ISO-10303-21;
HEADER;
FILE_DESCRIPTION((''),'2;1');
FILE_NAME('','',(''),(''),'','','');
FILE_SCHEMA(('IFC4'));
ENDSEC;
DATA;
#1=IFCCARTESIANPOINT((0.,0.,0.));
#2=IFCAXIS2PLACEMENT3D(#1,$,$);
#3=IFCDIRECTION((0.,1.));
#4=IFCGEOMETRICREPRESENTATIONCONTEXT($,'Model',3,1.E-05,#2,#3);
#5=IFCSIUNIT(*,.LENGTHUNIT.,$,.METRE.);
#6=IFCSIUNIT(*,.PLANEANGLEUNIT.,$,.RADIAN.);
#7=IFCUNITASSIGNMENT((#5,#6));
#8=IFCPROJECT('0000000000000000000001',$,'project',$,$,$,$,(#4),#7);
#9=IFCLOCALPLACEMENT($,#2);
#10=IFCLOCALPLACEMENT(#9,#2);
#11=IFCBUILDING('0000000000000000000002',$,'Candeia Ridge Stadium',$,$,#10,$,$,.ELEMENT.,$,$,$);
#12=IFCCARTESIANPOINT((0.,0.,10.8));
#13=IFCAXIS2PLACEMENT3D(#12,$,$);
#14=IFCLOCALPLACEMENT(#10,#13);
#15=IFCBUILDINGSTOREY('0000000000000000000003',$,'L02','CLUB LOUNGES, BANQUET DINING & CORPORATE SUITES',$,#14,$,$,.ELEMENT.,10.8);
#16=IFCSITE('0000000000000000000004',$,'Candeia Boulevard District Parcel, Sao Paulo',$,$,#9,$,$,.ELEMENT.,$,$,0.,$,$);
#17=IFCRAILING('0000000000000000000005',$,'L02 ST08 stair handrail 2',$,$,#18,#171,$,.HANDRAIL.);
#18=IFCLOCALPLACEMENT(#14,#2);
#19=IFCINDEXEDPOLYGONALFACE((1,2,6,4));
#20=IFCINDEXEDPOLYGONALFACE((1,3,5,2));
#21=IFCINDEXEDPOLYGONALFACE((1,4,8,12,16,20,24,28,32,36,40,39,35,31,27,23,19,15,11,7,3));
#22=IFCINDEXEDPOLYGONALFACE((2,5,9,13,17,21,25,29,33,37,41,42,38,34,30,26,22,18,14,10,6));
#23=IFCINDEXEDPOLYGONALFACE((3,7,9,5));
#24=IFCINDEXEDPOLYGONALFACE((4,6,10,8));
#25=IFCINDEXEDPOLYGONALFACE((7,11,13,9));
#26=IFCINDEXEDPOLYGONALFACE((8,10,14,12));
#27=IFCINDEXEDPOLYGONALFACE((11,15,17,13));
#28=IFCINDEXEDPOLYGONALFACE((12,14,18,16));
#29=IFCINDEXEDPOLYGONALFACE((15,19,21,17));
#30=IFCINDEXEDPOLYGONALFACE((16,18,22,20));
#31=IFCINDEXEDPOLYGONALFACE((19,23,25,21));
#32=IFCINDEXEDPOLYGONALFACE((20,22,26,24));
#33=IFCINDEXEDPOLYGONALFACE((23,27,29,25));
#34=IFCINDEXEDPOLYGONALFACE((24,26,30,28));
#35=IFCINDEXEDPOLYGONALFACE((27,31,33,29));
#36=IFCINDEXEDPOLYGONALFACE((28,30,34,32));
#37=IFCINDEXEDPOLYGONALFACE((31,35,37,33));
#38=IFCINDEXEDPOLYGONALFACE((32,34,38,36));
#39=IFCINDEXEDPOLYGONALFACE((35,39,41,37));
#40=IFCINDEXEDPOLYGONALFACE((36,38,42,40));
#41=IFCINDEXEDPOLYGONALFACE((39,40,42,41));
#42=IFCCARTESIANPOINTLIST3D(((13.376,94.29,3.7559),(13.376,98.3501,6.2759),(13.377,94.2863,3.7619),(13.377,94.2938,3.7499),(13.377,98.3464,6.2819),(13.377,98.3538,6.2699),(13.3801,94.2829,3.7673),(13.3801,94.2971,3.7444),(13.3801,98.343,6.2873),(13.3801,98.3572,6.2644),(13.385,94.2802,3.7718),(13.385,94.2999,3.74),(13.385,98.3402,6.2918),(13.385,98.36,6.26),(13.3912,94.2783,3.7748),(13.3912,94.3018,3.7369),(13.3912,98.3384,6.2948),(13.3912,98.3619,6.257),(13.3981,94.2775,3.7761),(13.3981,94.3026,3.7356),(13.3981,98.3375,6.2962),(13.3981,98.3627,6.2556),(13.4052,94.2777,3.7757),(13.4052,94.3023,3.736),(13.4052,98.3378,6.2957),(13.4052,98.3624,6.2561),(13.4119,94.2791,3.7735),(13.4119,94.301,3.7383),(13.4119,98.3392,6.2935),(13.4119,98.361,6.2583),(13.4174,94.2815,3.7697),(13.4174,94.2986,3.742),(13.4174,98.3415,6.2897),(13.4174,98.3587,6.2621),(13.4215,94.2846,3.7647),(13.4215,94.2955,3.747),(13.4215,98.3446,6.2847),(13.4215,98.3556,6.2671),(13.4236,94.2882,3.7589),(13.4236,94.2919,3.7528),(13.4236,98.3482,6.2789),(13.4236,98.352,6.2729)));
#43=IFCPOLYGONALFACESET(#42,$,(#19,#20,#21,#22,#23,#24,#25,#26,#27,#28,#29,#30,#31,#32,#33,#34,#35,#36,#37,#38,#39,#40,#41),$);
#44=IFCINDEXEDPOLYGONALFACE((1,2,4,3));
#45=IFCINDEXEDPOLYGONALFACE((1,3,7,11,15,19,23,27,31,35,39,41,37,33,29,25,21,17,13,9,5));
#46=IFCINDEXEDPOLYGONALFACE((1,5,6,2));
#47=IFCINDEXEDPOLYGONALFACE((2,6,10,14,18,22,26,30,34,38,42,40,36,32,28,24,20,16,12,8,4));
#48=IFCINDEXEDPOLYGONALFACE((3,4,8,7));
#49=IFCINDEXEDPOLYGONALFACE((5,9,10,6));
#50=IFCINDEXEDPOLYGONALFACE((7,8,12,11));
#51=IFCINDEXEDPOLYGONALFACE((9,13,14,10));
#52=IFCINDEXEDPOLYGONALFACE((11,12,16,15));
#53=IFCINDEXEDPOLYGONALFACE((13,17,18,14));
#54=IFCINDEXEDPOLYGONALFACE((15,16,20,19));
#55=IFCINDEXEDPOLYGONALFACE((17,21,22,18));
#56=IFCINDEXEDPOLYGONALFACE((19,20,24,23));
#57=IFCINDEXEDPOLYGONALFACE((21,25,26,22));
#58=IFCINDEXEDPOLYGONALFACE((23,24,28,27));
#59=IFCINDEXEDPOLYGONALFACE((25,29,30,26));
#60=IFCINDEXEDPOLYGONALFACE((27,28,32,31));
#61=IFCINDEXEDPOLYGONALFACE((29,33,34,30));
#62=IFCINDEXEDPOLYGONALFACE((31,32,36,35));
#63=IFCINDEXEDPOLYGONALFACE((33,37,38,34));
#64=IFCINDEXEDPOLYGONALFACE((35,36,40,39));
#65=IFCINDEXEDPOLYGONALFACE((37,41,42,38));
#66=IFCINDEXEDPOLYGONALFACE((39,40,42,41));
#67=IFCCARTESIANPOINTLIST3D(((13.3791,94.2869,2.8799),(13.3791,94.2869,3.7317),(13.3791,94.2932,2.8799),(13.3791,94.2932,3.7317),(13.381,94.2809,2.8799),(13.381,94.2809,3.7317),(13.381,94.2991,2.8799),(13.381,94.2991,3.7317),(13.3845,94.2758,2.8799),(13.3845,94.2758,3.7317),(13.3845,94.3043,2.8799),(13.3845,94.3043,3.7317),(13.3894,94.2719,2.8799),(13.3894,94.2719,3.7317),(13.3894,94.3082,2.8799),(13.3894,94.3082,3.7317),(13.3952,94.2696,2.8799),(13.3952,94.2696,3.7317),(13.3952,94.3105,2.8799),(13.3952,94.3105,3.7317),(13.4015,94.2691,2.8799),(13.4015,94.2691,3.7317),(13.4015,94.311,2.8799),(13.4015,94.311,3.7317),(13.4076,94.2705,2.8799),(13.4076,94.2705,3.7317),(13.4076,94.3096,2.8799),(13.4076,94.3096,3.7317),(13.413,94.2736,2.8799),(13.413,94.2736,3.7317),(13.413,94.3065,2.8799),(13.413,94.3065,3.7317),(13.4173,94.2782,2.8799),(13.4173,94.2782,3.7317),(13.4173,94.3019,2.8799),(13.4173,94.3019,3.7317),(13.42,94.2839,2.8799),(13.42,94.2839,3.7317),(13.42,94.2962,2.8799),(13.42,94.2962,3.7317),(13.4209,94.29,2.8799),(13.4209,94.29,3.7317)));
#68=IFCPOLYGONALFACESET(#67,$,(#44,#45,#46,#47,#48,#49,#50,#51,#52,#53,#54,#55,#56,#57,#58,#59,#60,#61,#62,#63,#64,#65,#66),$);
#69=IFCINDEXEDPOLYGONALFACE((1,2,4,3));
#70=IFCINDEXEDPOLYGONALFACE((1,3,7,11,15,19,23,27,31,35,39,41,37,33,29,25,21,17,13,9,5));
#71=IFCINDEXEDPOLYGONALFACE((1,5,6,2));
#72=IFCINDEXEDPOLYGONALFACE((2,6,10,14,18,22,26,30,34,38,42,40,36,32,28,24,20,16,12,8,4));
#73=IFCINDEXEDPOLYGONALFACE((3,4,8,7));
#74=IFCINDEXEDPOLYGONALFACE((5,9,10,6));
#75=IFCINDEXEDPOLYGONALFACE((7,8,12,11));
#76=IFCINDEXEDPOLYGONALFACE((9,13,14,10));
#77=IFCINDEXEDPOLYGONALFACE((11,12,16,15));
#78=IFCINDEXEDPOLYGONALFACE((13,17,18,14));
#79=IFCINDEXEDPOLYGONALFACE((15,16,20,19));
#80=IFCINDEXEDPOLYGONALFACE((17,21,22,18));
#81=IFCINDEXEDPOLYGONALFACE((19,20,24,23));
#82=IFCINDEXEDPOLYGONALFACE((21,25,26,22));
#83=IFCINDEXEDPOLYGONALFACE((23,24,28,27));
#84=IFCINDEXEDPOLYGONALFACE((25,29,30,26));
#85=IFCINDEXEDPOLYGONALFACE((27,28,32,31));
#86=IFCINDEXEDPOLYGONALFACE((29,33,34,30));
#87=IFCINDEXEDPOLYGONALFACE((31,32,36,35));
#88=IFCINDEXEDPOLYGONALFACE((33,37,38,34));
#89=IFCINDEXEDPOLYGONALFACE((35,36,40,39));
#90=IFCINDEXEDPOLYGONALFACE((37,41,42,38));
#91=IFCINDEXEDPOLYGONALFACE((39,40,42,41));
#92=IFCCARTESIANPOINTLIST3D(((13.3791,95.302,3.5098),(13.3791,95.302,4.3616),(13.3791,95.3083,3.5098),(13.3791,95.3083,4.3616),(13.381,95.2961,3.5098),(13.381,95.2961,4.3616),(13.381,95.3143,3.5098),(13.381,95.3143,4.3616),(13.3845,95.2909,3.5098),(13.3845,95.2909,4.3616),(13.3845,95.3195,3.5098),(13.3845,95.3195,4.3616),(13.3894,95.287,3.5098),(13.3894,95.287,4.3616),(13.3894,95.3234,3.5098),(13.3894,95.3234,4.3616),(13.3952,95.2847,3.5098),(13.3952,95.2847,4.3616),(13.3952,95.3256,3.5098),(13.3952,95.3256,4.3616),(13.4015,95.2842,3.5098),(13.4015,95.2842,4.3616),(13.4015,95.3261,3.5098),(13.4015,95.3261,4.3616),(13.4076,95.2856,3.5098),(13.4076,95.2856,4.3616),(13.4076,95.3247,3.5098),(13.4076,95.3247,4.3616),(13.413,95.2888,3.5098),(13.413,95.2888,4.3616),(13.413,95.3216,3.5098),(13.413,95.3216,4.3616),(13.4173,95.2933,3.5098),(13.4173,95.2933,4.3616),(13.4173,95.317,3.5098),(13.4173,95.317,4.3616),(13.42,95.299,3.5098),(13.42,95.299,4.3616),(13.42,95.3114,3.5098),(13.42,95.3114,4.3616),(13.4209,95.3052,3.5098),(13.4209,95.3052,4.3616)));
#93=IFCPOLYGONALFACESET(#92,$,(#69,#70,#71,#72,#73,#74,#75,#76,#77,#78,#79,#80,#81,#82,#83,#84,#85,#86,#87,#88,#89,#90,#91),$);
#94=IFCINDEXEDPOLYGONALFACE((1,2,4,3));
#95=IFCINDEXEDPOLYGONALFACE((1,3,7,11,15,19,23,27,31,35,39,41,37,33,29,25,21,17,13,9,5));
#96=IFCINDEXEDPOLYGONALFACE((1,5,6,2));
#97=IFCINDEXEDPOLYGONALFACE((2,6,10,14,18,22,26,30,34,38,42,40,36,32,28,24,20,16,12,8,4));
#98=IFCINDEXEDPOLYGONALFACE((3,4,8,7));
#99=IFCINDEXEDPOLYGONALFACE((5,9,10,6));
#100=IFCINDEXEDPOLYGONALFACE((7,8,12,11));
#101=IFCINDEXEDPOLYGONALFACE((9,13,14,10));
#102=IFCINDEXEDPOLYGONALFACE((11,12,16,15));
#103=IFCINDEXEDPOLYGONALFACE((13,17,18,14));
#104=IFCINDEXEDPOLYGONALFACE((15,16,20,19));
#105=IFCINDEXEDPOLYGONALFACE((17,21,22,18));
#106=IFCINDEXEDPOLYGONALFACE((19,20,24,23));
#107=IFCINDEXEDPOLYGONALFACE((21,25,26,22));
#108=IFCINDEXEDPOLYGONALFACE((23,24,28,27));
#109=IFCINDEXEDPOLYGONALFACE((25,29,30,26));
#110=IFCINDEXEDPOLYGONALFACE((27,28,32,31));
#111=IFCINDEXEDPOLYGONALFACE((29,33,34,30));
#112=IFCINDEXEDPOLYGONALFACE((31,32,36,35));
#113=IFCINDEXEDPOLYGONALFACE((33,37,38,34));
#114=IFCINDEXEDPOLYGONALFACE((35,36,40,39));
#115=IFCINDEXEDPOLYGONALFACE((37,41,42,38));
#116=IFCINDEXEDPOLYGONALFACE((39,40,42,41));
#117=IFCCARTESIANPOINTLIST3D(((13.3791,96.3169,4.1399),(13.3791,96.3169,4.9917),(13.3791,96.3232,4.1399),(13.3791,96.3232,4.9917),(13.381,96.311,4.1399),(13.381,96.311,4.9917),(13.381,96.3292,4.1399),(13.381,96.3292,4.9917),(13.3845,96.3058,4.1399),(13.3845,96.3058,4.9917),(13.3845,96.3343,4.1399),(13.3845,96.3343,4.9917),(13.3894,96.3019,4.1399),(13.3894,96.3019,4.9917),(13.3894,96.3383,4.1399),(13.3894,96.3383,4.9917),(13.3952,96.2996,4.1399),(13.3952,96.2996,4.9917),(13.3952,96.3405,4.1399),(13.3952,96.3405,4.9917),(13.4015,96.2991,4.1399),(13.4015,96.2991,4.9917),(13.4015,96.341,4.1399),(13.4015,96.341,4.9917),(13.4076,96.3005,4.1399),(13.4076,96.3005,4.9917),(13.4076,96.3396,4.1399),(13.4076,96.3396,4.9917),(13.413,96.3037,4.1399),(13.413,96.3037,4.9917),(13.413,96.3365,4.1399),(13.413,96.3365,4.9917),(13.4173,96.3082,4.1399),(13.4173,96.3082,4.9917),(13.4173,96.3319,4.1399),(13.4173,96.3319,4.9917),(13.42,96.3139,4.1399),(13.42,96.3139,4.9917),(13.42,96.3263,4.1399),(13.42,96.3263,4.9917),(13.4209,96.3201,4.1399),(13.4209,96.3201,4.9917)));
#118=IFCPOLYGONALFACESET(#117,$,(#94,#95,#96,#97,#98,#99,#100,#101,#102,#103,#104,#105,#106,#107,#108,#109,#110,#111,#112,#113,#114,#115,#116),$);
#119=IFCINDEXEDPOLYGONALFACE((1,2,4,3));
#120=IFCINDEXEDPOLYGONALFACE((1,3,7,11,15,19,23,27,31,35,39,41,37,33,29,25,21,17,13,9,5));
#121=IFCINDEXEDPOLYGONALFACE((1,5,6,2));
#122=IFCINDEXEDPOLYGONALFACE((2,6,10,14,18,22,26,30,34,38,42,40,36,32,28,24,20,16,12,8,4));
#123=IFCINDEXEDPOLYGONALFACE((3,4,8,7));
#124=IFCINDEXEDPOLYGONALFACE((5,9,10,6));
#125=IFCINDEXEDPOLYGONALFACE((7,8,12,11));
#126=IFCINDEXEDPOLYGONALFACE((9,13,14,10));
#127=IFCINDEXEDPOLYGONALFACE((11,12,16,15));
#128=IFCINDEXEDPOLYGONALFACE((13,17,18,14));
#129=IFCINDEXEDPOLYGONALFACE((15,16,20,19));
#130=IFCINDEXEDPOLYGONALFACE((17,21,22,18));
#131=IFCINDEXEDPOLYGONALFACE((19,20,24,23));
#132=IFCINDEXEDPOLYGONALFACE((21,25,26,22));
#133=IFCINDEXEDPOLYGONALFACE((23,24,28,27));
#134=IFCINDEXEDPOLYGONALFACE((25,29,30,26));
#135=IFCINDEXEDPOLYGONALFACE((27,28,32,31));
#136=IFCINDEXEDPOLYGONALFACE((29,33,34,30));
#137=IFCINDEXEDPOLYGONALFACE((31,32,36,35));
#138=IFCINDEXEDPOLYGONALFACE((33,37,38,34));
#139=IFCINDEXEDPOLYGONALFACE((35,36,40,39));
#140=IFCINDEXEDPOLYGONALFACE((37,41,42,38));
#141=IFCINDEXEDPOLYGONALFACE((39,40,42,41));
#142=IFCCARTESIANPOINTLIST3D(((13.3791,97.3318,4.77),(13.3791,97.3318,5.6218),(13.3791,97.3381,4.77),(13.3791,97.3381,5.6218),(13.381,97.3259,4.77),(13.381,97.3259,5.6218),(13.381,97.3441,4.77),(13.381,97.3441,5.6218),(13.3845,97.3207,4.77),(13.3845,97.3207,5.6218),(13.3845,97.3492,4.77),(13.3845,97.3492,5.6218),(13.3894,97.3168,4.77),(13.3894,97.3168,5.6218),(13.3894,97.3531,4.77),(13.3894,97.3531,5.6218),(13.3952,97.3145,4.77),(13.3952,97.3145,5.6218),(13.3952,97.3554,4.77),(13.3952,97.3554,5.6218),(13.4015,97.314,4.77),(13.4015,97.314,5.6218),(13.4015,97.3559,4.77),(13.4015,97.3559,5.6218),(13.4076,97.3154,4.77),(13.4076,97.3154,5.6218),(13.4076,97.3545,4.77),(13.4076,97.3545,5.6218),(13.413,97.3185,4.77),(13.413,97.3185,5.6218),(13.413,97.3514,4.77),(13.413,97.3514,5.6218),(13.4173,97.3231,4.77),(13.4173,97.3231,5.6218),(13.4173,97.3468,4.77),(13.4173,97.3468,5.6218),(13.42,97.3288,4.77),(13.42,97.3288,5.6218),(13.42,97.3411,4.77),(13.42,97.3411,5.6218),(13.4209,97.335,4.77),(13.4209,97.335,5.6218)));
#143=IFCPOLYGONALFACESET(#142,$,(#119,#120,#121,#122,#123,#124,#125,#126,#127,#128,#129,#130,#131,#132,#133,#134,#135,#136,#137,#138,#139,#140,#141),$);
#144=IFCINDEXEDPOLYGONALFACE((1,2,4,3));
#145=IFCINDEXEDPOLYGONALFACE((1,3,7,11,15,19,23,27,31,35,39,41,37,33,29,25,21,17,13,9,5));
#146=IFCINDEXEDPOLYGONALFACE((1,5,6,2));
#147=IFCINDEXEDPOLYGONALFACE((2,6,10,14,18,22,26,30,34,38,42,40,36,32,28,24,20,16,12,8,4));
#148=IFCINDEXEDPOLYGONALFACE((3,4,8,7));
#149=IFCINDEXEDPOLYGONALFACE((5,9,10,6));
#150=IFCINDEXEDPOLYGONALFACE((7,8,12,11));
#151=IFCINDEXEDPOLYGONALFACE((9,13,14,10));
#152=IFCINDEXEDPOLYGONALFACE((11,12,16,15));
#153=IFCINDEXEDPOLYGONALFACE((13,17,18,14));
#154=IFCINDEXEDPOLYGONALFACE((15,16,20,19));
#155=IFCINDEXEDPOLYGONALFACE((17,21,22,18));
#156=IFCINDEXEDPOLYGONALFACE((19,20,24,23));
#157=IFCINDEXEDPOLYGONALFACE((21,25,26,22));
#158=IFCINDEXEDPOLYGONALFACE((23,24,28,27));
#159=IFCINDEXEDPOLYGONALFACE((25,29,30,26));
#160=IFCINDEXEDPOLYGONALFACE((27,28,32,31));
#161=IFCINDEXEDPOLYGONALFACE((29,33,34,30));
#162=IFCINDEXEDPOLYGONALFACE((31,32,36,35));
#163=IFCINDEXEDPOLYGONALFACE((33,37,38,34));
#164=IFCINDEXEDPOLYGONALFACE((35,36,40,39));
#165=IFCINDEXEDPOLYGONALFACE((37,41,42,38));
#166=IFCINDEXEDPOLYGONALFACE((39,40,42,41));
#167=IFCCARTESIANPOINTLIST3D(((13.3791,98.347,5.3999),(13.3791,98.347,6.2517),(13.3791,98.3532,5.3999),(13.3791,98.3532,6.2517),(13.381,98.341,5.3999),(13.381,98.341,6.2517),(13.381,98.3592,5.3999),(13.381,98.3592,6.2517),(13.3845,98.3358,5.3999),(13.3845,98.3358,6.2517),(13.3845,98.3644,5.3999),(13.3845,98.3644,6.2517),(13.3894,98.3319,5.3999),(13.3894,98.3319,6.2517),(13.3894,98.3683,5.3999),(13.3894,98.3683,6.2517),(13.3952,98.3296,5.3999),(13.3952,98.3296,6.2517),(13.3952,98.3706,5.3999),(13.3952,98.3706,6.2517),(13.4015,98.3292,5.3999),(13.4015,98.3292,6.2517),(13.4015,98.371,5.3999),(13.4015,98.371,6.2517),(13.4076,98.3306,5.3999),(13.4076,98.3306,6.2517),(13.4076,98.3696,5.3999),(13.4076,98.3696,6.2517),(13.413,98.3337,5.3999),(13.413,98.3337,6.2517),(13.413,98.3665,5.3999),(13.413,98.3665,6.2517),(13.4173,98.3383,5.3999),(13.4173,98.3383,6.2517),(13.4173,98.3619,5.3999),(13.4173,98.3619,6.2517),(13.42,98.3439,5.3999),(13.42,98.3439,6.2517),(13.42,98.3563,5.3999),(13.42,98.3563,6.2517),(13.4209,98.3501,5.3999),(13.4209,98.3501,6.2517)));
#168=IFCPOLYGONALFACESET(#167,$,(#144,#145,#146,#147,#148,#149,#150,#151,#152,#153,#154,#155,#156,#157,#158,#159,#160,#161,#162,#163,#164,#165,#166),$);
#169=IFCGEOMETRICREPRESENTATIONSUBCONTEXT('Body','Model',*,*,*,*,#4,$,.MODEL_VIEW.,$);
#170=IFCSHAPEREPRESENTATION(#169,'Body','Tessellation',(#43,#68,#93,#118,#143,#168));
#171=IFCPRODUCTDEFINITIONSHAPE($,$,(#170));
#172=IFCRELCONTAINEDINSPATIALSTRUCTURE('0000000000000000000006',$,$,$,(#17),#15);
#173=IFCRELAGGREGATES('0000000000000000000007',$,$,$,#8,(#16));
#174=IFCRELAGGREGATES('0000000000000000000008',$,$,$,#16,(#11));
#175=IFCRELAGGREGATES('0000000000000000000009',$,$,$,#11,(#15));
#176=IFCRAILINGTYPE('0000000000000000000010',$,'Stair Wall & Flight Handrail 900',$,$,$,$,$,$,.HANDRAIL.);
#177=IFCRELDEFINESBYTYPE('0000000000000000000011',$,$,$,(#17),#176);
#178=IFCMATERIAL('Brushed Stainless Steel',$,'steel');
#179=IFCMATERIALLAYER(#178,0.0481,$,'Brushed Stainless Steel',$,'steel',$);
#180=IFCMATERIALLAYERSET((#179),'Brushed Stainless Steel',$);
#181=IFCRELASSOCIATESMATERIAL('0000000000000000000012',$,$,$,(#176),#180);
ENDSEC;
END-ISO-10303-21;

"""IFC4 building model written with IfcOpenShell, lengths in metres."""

from ifc_helpers import new_model, si_unit, direction, frame, origin, origin_2d, place, context, subcontext, project, spatial, circle, extrude, material, layer, layer_set, type_object, element, save


model = new_model("IFC4")

# Units and contexts
model_context = context("Model", 3, precision=1e-05, world=origin(), true_north=direction((0.0, 1.0)))
body_context = subcontext(model_context, "Body", "Model", "MODEL_VIEW")
ifc_project = project(units=[si_unit("LENGTHUNIT", "METRE"), si_unit("PLANEANGLEUNIT", "RADIAN")], contexts=[model_context])

# Site, building, storey
site_placement = place(None, origin())
site = spatial("IfcSite", under=ifc_project, at=site_placement, Name="Candeia Boulevard District Parcel, Sao Paulo", CompositionType="ELEMENT", RefElevation=0.0)
building_placement = place(site_placement, origin())
building = spatial("IfcBuilding", under=site, at=building_placement, Name="Candeia Ridge Stadium", CompositionType="ELEMENT")
storey_placement = place(building_placement, frame((0.0, 0.0, 10.8)))
storey = spatial("IfcBuildingStorey", under=building, at=storey_placement, Name="L02", Description="CLUB LOUNGES, BANQUET DINING & CORPORATE SUITES", CompositionType="ELEMENT", Elevation=10.8)

# Railing
ifc_material_1 = material(Name="Brushed Stainless Steel", Category="steel")
ifc_layer_1 = layer(ifc_material_1, 0.0481, Name="Brushed Stainless Steel", Category="steel")
ifc_layer_set_1 = layer_set([ifc_layer_1], Name="Brushed Stainless Steel")
railing_type_1 = type_object("IfcRailingType", Name="Stair Wall & Flight Handrail 900", PredefinedType="HANDRAIL", material=ifc_layer_set_1)
railing_1_placement = place(storey_placement, frame((13.3999, 94.29, 2.8799)))
element("IfcRailing", 1, at=railing_1_placement, inside=storey, type_object=railing_type_1, Name="L02 ST08 stair handrail 2", PredefinedType="HANDRAIL", context=body_context, shape_type="SweptSolid", body=[
    extrude(circle(Radius=0.0239, at=origin_2d()), frame((0.0, 0.0, 0.876), z_axis=(0.0, 0.849642, 0.52736), x_axis=(-1.0, 0.0, 0.0)), (0.0, 0.0, 1.0), 4.7786),
    extrude(circle(Radius=0.021, at=origin_2d()), origin(), (0.0, 0.0, 1.0), 0.8518),
    extrude(circle(Radius=0.021, at=origin_2d()), frame((0.0, 1.0151, 0.6299)), (0.0, 0.0, 1.0), 0.8518),
    extrude(circle(Radius=0.021, at=origin_2d()), frame((0.0, 2.03, 1.26)), (0.0, 0.0, 1.0), 0.8518),
    extrude(circle(Radius=0.021, at=origin_2d()), frame((0.0, 3.0449, 1.8901)), (0.0, 0.0, 1.0), 0.8518),
    extrude(circle(Radius=0.021, at=origin_2d()), frame((0.0, 4.0601, 2.52)), (0.0, 0.0, 1.0), 0.8518),
])

save(model, "model.ifc")
